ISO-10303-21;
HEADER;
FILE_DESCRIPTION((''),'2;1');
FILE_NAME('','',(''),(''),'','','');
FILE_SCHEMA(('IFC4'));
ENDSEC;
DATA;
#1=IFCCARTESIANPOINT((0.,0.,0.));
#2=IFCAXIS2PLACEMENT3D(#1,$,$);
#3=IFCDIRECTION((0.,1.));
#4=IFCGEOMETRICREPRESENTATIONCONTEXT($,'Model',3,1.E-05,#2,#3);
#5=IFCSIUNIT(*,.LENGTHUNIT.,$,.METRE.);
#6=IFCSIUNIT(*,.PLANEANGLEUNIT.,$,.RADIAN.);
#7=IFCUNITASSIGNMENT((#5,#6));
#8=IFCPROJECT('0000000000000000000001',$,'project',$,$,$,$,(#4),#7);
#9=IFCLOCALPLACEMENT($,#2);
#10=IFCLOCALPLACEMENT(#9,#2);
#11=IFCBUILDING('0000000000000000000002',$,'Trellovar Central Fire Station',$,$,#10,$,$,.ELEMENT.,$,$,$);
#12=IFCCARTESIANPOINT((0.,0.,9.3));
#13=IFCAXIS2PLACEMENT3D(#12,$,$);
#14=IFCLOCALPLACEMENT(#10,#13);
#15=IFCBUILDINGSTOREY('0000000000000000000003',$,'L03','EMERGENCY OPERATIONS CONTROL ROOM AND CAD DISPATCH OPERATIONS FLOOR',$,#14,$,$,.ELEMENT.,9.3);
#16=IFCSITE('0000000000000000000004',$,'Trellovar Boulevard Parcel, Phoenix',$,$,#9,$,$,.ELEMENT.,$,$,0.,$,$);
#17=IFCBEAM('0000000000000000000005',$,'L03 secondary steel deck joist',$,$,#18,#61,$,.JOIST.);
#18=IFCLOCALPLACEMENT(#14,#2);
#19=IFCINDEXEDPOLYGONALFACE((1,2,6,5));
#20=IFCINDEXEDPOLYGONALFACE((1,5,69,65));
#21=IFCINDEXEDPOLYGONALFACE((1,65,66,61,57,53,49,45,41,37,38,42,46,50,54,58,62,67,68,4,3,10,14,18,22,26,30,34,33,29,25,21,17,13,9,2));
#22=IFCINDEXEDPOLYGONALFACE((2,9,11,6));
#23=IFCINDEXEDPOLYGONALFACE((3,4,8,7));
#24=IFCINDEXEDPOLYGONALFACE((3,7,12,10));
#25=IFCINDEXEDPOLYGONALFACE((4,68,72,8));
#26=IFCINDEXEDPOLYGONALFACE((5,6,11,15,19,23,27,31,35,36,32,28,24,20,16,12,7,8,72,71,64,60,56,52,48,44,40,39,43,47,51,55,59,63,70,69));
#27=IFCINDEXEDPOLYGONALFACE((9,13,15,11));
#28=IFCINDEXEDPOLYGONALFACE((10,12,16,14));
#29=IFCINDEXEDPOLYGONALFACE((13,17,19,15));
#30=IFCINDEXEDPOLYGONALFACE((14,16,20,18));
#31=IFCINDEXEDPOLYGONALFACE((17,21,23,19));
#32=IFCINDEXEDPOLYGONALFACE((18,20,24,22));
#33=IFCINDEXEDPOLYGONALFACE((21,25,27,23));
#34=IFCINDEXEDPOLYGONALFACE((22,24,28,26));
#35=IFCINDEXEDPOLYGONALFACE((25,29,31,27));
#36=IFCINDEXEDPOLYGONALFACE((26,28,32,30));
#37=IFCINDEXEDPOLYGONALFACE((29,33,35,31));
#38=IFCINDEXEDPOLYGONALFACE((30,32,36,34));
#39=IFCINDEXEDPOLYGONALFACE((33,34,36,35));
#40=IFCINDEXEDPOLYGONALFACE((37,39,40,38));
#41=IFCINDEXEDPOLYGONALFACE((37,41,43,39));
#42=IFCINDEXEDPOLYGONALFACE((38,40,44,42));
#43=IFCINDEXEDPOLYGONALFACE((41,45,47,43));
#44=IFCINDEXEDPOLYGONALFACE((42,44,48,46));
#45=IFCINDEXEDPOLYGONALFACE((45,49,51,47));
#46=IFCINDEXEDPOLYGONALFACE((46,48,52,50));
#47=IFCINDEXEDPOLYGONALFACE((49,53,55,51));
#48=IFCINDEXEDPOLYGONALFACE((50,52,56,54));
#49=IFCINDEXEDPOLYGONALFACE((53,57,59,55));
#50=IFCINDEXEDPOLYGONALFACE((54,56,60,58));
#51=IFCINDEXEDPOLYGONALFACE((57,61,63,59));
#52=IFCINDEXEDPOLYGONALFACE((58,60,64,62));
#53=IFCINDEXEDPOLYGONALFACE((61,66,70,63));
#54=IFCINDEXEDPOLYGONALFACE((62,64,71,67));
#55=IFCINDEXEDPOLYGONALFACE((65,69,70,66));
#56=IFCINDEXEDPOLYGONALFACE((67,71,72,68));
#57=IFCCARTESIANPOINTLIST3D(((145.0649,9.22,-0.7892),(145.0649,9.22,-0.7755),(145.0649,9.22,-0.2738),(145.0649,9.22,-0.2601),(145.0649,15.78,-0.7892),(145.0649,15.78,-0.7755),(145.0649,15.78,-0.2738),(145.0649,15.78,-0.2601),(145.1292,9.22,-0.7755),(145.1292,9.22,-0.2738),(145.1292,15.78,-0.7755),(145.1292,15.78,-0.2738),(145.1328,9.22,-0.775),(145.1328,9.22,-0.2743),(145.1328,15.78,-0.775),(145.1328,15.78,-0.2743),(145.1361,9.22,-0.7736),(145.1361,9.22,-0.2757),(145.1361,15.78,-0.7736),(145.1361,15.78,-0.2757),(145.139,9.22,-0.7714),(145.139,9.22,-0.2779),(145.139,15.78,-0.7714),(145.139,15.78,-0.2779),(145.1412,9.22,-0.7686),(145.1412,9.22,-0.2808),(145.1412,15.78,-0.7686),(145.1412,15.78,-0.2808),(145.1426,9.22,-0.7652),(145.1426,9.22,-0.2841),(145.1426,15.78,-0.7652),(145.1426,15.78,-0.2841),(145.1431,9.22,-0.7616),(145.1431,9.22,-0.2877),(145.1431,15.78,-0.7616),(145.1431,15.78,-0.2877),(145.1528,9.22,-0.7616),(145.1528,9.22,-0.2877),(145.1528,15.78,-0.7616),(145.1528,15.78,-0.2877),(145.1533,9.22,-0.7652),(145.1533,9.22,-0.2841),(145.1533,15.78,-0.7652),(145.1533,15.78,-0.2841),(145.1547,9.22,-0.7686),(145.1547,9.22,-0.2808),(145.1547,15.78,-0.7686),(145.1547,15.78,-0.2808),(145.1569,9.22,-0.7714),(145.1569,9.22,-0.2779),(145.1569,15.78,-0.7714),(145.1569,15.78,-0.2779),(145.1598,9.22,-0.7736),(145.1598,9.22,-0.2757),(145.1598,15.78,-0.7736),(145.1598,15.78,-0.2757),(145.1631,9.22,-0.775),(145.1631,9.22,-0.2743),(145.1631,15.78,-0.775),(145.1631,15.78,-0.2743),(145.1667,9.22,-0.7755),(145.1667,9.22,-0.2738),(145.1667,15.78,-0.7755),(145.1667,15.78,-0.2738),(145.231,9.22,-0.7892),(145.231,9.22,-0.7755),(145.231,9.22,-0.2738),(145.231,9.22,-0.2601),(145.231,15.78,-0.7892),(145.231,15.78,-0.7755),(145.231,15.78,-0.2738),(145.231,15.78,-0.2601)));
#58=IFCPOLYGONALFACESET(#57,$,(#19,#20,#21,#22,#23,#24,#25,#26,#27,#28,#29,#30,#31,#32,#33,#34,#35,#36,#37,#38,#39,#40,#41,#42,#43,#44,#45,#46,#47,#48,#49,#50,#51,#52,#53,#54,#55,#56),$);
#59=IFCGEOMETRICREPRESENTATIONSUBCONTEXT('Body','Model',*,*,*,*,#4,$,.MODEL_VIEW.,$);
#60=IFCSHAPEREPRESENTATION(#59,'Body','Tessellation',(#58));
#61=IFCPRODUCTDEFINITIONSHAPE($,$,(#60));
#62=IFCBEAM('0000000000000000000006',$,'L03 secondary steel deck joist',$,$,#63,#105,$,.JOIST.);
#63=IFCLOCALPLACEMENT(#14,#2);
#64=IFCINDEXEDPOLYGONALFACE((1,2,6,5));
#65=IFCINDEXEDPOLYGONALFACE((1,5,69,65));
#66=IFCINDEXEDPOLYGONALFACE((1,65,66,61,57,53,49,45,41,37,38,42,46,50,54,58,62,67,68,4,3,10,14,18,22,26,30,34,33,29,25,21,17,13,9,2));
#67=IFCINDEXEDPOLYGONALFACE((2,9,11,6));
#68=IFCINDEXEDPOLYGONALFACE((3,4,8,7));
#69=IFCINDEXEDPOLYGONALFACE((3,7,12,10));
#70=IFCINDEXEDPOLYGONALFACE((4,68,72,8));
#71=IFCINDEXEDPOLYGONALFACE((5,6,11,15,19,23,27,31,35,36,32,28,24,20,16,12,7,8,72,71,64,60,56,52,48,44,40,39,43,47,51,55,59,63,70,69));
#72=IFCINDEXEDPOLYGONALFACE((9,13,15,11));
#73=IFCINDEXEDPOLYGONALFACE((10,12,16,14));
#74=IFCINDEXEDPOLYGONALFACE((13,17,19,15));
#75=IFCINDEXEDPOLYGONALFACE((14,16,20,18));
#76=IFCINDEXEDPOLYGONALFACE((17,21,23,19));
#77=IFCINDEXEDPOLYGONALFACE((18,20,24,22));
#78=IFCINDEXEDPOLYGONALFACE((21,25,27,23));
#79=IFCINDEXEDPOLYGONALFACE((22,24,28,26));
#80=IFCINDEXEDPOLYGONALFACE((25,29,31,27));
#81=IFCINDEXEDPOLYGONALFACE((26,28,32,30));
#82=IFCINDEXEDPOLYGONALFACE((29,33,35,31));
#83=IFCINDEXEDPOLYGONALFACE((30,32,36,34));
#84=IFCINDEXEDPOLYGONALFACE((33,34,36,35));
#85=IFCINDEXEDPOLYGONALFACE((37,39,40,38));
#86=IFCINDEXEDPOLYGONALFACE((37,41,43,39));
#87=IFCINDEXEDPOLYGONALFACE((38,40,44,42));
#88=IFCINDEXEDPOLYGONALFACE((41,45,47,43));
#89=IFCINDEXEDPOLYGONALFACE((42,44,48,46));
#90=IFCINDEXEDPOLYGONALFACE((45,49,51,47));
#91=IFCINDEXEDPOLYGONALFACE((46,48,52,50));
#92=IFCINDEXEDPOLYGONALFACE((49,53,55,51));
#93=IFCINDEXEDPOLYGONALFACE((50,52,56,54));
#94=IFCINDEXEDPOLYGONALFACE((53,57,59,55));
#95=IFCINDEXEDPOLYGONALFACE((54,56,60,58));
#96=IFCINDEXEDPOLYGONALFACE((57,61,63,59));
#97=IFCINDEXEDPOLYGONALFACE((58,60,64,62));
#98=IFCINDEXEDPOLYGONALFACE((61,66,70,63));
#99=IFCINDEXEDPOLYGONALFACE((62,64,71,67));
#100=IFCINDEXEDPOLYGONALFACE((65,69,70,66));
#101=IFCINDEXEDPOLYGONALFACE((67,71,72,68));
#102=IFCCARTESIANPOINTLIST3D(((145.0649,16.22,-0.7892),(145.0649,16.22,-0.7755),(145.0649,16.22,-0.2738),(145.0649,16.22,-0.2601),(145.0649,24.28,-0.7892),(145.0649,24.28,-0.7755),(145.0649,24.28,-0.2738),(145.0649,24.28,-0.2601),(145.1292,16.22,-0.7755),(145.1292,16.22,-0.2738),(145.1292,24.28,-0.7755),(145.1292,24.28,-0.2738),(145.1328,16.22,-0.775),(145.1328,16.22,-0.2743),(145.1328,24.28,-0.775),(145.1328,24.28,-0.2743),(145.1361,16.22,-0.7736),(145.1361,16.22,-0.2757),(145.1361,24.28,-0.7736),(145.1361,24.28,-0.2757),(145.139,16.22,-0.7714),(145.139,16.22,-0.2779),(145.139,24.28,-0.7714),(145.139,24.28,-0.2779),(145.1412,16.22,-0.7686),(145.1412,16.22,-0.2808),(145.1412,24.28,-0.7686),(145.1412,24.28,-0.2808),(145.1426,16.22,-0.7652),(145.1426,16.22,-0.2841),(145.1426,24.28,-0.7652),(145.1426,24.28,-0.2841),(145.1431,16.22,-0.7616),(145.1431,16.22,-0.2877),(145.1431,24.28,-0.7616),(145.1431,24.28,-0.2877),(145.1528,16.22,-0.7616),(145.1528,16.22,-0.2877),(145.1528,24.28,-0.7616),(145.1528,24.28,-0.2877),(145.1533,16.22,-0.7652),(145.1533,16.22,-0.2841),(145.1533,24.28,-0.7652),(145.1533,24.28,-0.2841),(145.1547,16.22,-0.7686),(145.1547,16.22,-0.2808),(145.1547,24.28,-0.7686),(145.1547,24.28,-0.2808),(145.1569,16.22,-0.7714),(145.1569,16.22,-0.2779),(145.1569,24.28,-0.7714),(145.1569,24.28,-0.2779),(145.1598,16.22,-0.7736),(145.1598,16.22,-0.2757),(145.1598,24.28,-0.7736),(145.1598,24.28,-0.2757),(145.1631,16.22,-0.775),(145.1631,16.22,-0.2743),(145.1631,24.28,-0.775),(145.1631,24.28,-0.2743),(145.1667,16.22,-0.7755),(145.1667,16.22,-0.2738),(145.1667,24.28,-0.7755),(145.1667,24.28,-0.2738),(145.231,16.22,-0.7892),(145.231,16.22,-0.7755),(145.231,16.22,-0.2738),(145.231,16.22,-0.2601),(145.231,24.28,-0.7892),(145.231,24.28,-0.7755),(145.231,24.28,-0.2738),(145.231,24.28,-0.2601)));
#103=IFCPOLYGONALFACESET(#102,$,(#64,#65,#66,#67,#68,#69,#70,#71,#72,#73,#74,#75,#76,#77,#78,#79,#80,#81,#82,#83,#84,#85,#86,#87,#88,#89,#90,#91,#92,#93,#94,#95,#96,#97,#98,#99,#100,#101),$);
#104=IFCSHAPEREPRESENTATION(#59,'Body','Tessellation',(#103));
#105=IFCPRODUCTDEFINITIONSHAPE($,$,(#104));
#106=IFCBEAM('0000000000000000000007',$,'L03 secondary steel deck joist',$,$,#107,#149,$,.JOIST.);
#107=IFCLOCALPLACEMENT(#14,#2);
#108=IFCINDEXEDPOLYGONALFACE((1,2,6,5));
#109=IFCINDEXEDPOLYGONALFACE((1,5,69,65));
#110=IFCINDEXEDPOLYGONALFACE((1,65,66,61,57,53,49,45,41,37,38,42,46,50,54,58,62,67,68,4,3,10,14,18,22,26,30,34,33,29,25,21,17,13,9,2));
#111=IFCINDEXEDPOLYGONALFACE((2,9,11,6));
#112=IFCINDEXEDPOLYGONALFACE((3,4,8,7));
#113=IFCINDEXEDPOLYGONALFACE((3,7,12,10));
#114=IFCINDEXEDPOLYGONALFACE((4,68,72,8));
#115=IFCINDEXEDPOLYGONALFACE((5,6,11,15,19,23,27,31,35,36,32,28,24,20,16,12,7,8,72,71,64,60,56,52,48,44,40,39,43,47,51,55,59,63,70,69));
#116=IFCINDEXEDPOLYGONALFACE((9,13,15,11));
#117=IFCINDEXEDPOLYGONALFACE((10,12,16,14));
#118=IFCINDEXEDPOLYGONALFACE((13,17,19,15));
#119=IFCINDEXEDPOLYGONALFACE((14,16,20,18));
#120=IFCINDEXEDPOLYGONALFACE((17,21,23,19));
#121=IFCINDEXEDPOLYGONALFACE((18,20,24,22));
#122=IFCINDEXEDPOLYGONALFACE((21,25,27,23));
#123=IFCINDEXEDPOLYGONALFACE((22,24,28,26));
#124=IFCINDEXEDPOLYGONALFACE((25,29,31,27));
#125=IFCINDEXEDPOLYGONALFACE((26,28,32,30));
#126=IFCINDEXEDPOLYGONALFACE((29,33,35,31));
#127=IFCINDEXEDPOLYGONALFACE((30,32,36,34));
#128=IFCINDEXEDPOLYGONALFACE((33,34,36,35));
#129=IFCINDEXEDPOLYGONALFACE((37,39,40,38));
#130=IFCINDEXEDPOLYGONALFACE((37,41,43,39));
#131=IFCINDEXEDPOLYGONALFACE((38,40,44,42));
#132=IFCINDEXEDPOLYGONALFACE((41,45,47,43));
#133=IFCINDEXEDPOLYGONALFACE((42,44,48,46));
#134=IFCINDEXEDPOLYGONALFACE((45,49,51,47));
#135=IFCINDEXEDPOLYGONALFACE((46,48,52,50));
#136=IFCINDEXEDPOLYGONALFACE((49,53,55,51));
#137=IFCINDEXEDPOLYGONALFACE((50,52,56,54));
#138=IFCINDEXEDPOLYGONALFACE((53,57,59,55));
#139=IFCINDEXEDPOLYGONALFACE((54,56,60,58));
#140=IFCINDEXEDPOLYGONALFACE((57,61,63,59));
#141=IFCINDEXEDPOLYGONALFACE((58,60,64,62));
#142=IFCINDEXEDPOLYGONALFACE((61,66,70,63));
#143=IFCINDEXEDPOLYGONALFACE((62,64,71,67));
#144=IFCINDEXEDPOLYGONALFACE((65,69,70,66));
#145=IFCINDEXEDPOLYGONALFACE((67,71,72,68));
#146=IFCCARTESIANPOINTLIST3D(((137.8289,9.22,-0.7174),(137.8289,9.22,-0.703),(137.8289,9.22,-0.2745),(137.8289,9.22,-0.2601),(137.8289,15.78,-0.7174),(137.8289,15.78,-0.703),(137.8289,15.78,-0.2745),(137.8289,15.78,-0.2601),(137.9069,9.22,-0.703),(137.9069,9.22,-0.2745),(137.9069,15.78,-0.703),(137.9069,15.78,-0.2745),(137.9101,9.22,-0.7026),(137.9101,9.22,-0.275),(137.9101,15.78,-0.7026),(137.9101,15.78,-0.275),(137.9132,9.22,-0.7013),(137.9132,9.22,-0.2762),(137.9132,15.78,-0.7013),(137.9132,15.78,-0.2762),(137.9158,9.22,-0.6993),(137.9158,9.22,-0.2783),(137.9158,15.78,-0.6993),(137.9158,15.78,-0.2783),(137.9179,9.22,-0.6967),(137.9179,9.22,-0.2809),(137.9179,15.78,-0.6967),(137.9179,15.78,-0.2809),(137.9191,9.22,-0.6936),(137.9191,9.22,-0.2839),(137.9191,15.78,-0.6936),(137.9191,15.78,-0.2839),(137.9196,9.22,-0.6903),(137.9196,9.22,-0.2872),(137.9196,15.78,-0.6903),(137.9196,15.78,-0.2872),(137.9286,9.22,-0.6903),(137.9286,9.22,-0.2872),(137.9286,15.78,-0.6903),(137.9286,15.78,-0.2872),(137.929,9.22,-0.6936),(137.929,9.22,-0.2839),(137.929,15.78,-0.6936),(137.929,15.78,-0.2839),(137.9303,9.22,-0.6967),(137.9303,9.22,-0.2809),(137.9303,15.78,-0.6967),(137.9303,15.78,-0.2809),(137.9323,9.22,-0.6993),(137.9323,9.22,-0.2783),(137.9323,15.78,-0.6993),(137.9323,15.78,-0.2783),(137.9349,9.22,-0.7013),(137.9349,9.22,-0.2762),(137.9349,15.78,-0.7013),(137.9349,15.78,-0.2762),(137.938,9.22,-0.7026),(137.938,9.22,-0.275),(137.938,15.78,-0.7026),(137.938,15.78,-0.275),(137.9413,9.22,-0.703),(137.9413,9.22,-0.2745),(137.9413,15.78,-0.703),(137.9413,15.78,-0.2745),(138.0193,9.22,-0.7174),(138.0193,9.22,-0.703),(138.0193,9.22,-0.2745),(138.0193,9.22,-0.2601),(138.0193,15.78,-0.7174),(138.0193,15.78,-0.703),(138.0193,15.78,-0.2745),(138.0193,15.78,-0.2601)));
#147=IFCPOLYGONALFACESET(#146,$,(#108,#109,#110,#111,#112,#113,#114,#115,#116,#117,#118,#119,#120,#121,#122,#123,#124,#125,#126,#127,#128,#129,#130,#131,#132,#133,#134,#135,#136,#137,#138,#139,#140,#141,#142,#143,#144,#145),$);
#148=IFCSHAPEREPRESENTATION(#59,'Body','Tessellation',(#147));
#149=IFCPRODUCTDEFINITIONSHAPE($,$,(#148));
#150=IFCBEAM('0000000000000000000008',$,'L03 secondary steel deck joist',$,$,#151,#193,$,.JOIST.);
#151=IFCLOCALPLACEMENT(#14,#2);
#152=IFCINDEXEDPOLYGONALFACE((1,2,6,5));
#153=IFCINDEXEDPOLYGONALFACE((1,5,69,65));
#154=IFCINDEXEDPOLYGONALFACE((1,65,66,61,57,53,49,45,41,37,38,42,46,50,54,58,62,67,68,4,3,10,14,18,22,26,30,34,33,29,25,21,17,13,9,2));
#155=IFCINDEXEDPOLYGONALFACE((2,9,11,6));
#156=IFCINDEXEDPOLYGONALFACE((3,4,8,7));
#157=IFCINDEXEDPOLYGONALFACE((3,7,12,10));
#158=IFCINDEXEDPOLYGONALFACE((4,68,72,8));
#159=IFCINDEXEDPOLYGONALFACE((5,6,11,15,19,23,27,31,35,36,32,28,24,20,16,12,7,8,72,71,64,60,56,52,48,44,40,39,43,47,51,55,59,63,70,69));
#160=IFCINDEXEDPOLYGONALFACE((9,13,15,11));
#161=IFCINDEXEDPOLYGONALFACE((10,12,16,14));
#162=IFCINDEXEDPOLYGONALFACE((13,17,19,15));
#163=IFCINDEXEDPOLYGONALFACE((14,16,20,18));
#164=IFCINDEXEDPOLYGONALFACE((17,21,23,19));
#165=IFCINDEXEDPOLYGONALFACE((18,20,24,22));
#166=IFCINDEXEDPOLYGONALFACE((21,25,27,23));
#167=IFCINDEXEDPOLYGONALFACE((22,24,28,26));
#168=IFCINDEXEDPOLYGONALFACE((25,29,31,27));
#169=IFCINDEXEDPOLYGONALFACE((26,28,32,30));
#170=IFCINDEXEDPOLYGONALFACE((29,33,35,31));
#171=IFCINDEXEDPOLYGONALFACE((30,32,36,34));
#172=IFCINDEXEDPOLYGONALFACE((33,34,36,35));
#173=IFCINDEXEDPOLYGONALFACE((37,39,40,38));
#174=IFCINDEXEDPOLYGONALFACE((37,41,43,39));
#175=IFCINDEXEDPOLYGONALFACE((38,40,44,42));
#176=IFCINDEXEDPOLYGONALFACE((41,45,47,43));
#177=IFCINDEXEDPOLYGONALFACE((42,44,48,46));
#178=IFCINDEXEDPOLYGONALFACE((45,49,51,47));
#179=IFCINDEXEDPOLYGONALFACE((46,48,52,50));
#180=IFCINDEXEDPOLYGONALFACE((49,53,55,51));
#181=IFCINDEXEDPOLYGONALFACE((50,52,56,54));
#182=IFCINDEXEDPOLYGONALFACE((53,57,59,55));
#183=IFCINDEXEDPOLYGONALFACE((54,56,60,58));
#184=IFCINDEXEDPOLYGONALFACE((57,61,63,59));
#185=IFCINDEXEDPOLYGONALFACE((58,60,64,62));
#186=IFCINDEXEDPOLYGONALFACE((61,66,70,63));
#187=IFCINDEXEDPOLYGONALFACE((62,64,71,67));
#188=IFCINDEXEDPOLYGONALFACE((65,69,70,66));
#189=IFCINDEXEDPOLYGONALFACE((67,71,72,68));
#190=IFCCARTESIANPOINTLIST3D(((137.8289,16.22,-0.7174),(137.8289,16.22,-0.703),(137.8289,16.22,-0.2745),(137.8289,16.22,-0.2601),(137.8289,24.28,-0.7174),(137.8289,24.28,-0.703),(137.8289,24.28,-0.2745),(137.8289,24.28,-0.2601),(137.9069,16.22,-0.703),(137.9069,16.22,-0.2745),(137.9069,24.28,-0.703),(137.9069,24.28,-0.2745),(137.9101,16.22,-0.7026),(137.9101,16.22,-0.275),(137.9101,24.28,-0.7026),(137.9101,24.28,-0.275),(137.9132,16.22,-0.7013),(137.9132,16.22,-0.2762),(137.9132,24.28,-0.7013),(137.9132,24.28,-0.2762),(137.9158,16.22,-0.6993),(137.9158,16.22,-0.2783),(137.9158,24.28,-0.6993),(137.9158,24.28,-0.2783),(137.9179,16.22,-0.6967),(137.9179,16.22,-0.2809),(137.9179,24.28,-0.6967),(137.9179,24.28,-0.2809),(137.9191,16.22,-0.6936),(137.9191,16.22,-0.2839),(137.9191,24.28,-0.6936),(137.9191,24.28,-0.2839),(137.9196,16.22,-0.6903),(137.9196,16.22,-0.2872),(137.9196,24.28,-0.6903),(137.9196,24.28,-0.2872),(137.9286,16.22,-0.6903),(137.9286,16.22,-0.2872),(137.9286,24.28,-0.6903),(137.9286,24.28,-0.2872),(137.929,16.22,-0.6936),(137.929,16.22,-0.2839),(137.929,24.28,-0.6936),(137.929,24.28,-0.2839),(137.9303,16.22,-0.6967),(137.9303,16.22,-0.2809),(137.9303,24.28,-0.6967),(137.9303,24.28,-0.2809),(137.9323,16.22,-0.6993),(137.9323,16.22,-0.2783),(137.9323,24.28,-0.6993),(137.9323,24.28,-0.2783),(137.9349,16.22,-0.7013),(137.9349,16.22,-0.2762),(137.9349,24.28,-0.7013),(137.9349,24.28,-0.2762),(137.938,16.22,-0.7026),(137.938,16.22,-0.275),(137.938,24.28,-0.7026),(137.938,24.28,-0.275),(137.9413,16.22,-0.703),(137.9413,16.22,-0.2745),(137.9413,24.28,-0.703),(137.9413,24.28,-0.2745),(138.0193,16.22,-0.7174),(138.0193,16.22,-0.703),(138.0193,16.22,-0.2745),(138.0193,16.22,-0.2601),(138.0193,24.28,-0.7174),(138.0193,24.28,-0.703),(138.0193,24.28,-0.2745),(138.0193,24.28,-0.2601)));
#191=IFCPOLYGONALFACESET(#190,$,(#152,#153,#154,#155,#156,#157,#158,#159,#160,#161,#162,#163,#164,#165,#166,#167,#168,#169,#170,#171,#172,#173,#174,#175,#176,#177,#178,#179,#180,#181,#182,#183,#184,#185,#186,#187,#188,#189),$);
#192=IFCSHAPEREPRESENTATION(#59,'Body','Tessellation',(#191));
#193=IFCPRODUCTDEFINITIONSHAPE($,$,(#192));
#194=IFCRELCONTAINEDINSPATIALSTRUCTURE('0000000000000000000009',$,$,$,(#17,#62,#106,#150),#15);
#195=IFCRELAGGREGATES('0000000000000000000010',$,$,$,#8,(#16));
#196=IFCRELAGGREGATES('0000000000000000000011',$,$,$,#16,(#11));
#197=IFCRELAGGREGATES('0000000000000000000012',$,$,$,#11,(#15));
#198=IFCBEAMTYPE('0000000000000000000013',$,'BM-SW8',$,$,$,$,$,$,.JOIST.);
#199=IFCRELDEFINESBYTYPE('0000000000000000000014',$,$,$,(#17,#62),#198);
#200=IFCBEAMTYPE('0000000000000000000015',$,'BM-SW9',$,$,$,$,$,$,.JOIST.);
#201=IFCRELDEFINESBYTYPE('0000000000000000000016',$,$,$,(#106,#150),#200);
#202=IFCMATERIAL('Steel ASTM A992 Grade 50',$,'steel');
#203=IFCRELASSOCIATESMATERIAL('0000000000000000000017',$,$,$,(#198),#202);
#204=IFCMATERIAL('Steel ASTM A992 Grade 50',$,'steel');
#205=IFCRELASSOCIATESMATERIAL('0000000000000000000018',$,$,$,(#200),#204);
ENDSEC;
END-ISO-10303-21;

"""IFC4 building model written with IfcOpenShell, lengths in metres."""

from ifc_helpers import new_model, si_unit, direction, frame, origin, origin_2d, place, context, subcontext, project, spatial, i_section, extrude, material, material_profile, profile_set, type_object, element, save


model = new_model("IFC4")

# Units and contexts
model_context = context("Model", 3, precision=1e-05, world=origin(), true_north=direction((0.0, 1.0)))
body_context = subcontext(model_context, "Body", "Model", "MODEL_VIEW")
ifc_project = project(units=[si_unit("LENGTHUNIT", "METRE"), si_unit("PLANEANGLEUNIT", "RADIAN")], contexts=[model_context])

# Site, building, storey
site_placement = place(None, origin())
site = spatial("IfcSite", under=ifc_project, at=site_placement, Name="Trellovar Boulevard Parcel, Phoenix", CompositionType="ELEMENT", RefElevation=0.0)
building_placement = place(site_placement, origin())
building = spatial("IfcBuilding", under=site, at=building_placement, Name="Trellovar Central Fire Station", CompositionType="ELEMENT")
storey_placement = place(building_placement, frame((0.0, 0.0, 9.3)))
storey = spatial("IfcBuildingStorey", under=building, at=storey_placement, Name="L03", Description="EMERGENCY OPERATIONS CONTROL ROOM AND CAD DISPATCH OPERATIONS FLOOR", CompositionType="ELEMENT", Elevation=9.3)

# Beams
ifc_material_1 = material(Name="Steel ASTM A992 Grade 50", Category="steel")
ifc_material_profile_1 = material_profile(ifc_material_1, i_section(OverallWidth=0.166, OverallDepth=0.5291, WebThickness=0.0098, FlangeThickness=0.0137, FilletRadius=0.0139, at=origin_2d()), Name="W21X50")
ifc_profile_set_1 = profile_set([ifc_material_profile_1], Name="Steel ASTM A992 Grade 50")
beam_type_1 = type_object("IfcBeamType", Name="BM-SW8", PredefinedType="JOIST", material=ifc_profile_set_1)
beam_1_placement = place(storey_placement, frame((145.1479, 9.22, -0.5247), z_axis=(0.0, 1.0, 0.0), x_axis=(-1.0, 0.0, 0.0)))
element("IfcBeam", 1, at=beam_1_placement, inside=storey, type_object=beam_type_1, Name="L03 secondary steel deck joist", PredefinedType="JOIST", context=body_context, shape_type="SweptSolid", body=[
    extrude(i_section(OverallWidth=0.166, OverallDepth=0.5291, WebThickness=0.0098, FlangeThickness=0.0137, FilletRadius=0.0139, at=origin_2d()), origin(), (0.0, 0.0, 1.0), 6.5601),
])
beam_2_placement = place(storey_placement, frame((145.1479, 16.22, -0.5247), z_axis=(0.0, 1.0, 0.0), x_axis=(-1.0, 0.0, 0.0)))
element("IfcBeam", 2, at=beam_2_placement, inside=storey, type_object=beam_type_1, Name="L03 secondary steel deck joist", PredefinedType="JOIST", context=body_context, shape_type="SweptSolid", body=[
    extrude(i_section(OverallWidth=0.166, OverallDepth=0.5291, WebThickness=0.0098, FlangeThickness=0.0137, FilletRadius=0.0139, at=origin_2d()), origin(), (0.0, 0.0, 1.0), 8.0601),
])
ifc_material_2 = material(Name="Steel ASTM A992 Grade 50", Category="steel")
ifc_material_profile_2 = material_profile(ifc_material_2, i_section(OverallWidth=0.1904, OverallDepth=0.4573, WebThickness=0.009, FlangeThickness=0.0144, FilletRadius=0.0127, at=origin_2d()), Name="W18X50")
ifc_profile_set_2 = profile_set([ifc_material_profile_2], Name="Steel ASTM A992 Grade 50")
beam_type_2 = type_object("IfcBeamType", Name="BM-SW9", PredefinedType="JOIST", material=ifc_profile_set_2)
beam_3_placement = place(storey_placement, frame((137.9241, 9.22, -0.4888), z_axis=(0.0, 1.0, 0.0), x_axis=(-1.0, 0.0, 0.0)))
element("IfcBeam", 3, at=beam_3_placement, inside=storey, type_object=beam_type_2, Name="L03 secondary steel deck joist", PredefinedType="JOIST", context=body_context, shape_type="SweptSolid", body=[
    extrude(i_section(OverallWidth=0.1904, OverallDepth=0.4573, WebThickness=0.009, FlangeThickness=0.0144, FilletRadius=0.0127, at=origin_2d()), origin(), (0.0, 0.0, 1.0), 6.5601),
])
beam_4_placement = place(storey_placement, frame((137.9241, 16.22, -0.4888), z_axis=(0.0, 1.0, 0.0), x_axis=(-1.0, 0.0, 0.0)))
element("IfcBeam", 4, at=beam_4_placement, inside=storey, type_object=beam_type_2, Name="L03 secondary steel deck joist", PredefinedType="JOIST", context=body_context, shape_type="SweptSolid", body=[
    extrude(i_section(OverallWidth=0.1904, OverallDepth=0.4573, WebThickness=0.009, FlangeThickness=0.0144, FilletRadius=0.0127, at=origin_2d()), origin(), (0.0, 0.0, 1.0), 8.0601),
])

save(model, "model.ifc")
